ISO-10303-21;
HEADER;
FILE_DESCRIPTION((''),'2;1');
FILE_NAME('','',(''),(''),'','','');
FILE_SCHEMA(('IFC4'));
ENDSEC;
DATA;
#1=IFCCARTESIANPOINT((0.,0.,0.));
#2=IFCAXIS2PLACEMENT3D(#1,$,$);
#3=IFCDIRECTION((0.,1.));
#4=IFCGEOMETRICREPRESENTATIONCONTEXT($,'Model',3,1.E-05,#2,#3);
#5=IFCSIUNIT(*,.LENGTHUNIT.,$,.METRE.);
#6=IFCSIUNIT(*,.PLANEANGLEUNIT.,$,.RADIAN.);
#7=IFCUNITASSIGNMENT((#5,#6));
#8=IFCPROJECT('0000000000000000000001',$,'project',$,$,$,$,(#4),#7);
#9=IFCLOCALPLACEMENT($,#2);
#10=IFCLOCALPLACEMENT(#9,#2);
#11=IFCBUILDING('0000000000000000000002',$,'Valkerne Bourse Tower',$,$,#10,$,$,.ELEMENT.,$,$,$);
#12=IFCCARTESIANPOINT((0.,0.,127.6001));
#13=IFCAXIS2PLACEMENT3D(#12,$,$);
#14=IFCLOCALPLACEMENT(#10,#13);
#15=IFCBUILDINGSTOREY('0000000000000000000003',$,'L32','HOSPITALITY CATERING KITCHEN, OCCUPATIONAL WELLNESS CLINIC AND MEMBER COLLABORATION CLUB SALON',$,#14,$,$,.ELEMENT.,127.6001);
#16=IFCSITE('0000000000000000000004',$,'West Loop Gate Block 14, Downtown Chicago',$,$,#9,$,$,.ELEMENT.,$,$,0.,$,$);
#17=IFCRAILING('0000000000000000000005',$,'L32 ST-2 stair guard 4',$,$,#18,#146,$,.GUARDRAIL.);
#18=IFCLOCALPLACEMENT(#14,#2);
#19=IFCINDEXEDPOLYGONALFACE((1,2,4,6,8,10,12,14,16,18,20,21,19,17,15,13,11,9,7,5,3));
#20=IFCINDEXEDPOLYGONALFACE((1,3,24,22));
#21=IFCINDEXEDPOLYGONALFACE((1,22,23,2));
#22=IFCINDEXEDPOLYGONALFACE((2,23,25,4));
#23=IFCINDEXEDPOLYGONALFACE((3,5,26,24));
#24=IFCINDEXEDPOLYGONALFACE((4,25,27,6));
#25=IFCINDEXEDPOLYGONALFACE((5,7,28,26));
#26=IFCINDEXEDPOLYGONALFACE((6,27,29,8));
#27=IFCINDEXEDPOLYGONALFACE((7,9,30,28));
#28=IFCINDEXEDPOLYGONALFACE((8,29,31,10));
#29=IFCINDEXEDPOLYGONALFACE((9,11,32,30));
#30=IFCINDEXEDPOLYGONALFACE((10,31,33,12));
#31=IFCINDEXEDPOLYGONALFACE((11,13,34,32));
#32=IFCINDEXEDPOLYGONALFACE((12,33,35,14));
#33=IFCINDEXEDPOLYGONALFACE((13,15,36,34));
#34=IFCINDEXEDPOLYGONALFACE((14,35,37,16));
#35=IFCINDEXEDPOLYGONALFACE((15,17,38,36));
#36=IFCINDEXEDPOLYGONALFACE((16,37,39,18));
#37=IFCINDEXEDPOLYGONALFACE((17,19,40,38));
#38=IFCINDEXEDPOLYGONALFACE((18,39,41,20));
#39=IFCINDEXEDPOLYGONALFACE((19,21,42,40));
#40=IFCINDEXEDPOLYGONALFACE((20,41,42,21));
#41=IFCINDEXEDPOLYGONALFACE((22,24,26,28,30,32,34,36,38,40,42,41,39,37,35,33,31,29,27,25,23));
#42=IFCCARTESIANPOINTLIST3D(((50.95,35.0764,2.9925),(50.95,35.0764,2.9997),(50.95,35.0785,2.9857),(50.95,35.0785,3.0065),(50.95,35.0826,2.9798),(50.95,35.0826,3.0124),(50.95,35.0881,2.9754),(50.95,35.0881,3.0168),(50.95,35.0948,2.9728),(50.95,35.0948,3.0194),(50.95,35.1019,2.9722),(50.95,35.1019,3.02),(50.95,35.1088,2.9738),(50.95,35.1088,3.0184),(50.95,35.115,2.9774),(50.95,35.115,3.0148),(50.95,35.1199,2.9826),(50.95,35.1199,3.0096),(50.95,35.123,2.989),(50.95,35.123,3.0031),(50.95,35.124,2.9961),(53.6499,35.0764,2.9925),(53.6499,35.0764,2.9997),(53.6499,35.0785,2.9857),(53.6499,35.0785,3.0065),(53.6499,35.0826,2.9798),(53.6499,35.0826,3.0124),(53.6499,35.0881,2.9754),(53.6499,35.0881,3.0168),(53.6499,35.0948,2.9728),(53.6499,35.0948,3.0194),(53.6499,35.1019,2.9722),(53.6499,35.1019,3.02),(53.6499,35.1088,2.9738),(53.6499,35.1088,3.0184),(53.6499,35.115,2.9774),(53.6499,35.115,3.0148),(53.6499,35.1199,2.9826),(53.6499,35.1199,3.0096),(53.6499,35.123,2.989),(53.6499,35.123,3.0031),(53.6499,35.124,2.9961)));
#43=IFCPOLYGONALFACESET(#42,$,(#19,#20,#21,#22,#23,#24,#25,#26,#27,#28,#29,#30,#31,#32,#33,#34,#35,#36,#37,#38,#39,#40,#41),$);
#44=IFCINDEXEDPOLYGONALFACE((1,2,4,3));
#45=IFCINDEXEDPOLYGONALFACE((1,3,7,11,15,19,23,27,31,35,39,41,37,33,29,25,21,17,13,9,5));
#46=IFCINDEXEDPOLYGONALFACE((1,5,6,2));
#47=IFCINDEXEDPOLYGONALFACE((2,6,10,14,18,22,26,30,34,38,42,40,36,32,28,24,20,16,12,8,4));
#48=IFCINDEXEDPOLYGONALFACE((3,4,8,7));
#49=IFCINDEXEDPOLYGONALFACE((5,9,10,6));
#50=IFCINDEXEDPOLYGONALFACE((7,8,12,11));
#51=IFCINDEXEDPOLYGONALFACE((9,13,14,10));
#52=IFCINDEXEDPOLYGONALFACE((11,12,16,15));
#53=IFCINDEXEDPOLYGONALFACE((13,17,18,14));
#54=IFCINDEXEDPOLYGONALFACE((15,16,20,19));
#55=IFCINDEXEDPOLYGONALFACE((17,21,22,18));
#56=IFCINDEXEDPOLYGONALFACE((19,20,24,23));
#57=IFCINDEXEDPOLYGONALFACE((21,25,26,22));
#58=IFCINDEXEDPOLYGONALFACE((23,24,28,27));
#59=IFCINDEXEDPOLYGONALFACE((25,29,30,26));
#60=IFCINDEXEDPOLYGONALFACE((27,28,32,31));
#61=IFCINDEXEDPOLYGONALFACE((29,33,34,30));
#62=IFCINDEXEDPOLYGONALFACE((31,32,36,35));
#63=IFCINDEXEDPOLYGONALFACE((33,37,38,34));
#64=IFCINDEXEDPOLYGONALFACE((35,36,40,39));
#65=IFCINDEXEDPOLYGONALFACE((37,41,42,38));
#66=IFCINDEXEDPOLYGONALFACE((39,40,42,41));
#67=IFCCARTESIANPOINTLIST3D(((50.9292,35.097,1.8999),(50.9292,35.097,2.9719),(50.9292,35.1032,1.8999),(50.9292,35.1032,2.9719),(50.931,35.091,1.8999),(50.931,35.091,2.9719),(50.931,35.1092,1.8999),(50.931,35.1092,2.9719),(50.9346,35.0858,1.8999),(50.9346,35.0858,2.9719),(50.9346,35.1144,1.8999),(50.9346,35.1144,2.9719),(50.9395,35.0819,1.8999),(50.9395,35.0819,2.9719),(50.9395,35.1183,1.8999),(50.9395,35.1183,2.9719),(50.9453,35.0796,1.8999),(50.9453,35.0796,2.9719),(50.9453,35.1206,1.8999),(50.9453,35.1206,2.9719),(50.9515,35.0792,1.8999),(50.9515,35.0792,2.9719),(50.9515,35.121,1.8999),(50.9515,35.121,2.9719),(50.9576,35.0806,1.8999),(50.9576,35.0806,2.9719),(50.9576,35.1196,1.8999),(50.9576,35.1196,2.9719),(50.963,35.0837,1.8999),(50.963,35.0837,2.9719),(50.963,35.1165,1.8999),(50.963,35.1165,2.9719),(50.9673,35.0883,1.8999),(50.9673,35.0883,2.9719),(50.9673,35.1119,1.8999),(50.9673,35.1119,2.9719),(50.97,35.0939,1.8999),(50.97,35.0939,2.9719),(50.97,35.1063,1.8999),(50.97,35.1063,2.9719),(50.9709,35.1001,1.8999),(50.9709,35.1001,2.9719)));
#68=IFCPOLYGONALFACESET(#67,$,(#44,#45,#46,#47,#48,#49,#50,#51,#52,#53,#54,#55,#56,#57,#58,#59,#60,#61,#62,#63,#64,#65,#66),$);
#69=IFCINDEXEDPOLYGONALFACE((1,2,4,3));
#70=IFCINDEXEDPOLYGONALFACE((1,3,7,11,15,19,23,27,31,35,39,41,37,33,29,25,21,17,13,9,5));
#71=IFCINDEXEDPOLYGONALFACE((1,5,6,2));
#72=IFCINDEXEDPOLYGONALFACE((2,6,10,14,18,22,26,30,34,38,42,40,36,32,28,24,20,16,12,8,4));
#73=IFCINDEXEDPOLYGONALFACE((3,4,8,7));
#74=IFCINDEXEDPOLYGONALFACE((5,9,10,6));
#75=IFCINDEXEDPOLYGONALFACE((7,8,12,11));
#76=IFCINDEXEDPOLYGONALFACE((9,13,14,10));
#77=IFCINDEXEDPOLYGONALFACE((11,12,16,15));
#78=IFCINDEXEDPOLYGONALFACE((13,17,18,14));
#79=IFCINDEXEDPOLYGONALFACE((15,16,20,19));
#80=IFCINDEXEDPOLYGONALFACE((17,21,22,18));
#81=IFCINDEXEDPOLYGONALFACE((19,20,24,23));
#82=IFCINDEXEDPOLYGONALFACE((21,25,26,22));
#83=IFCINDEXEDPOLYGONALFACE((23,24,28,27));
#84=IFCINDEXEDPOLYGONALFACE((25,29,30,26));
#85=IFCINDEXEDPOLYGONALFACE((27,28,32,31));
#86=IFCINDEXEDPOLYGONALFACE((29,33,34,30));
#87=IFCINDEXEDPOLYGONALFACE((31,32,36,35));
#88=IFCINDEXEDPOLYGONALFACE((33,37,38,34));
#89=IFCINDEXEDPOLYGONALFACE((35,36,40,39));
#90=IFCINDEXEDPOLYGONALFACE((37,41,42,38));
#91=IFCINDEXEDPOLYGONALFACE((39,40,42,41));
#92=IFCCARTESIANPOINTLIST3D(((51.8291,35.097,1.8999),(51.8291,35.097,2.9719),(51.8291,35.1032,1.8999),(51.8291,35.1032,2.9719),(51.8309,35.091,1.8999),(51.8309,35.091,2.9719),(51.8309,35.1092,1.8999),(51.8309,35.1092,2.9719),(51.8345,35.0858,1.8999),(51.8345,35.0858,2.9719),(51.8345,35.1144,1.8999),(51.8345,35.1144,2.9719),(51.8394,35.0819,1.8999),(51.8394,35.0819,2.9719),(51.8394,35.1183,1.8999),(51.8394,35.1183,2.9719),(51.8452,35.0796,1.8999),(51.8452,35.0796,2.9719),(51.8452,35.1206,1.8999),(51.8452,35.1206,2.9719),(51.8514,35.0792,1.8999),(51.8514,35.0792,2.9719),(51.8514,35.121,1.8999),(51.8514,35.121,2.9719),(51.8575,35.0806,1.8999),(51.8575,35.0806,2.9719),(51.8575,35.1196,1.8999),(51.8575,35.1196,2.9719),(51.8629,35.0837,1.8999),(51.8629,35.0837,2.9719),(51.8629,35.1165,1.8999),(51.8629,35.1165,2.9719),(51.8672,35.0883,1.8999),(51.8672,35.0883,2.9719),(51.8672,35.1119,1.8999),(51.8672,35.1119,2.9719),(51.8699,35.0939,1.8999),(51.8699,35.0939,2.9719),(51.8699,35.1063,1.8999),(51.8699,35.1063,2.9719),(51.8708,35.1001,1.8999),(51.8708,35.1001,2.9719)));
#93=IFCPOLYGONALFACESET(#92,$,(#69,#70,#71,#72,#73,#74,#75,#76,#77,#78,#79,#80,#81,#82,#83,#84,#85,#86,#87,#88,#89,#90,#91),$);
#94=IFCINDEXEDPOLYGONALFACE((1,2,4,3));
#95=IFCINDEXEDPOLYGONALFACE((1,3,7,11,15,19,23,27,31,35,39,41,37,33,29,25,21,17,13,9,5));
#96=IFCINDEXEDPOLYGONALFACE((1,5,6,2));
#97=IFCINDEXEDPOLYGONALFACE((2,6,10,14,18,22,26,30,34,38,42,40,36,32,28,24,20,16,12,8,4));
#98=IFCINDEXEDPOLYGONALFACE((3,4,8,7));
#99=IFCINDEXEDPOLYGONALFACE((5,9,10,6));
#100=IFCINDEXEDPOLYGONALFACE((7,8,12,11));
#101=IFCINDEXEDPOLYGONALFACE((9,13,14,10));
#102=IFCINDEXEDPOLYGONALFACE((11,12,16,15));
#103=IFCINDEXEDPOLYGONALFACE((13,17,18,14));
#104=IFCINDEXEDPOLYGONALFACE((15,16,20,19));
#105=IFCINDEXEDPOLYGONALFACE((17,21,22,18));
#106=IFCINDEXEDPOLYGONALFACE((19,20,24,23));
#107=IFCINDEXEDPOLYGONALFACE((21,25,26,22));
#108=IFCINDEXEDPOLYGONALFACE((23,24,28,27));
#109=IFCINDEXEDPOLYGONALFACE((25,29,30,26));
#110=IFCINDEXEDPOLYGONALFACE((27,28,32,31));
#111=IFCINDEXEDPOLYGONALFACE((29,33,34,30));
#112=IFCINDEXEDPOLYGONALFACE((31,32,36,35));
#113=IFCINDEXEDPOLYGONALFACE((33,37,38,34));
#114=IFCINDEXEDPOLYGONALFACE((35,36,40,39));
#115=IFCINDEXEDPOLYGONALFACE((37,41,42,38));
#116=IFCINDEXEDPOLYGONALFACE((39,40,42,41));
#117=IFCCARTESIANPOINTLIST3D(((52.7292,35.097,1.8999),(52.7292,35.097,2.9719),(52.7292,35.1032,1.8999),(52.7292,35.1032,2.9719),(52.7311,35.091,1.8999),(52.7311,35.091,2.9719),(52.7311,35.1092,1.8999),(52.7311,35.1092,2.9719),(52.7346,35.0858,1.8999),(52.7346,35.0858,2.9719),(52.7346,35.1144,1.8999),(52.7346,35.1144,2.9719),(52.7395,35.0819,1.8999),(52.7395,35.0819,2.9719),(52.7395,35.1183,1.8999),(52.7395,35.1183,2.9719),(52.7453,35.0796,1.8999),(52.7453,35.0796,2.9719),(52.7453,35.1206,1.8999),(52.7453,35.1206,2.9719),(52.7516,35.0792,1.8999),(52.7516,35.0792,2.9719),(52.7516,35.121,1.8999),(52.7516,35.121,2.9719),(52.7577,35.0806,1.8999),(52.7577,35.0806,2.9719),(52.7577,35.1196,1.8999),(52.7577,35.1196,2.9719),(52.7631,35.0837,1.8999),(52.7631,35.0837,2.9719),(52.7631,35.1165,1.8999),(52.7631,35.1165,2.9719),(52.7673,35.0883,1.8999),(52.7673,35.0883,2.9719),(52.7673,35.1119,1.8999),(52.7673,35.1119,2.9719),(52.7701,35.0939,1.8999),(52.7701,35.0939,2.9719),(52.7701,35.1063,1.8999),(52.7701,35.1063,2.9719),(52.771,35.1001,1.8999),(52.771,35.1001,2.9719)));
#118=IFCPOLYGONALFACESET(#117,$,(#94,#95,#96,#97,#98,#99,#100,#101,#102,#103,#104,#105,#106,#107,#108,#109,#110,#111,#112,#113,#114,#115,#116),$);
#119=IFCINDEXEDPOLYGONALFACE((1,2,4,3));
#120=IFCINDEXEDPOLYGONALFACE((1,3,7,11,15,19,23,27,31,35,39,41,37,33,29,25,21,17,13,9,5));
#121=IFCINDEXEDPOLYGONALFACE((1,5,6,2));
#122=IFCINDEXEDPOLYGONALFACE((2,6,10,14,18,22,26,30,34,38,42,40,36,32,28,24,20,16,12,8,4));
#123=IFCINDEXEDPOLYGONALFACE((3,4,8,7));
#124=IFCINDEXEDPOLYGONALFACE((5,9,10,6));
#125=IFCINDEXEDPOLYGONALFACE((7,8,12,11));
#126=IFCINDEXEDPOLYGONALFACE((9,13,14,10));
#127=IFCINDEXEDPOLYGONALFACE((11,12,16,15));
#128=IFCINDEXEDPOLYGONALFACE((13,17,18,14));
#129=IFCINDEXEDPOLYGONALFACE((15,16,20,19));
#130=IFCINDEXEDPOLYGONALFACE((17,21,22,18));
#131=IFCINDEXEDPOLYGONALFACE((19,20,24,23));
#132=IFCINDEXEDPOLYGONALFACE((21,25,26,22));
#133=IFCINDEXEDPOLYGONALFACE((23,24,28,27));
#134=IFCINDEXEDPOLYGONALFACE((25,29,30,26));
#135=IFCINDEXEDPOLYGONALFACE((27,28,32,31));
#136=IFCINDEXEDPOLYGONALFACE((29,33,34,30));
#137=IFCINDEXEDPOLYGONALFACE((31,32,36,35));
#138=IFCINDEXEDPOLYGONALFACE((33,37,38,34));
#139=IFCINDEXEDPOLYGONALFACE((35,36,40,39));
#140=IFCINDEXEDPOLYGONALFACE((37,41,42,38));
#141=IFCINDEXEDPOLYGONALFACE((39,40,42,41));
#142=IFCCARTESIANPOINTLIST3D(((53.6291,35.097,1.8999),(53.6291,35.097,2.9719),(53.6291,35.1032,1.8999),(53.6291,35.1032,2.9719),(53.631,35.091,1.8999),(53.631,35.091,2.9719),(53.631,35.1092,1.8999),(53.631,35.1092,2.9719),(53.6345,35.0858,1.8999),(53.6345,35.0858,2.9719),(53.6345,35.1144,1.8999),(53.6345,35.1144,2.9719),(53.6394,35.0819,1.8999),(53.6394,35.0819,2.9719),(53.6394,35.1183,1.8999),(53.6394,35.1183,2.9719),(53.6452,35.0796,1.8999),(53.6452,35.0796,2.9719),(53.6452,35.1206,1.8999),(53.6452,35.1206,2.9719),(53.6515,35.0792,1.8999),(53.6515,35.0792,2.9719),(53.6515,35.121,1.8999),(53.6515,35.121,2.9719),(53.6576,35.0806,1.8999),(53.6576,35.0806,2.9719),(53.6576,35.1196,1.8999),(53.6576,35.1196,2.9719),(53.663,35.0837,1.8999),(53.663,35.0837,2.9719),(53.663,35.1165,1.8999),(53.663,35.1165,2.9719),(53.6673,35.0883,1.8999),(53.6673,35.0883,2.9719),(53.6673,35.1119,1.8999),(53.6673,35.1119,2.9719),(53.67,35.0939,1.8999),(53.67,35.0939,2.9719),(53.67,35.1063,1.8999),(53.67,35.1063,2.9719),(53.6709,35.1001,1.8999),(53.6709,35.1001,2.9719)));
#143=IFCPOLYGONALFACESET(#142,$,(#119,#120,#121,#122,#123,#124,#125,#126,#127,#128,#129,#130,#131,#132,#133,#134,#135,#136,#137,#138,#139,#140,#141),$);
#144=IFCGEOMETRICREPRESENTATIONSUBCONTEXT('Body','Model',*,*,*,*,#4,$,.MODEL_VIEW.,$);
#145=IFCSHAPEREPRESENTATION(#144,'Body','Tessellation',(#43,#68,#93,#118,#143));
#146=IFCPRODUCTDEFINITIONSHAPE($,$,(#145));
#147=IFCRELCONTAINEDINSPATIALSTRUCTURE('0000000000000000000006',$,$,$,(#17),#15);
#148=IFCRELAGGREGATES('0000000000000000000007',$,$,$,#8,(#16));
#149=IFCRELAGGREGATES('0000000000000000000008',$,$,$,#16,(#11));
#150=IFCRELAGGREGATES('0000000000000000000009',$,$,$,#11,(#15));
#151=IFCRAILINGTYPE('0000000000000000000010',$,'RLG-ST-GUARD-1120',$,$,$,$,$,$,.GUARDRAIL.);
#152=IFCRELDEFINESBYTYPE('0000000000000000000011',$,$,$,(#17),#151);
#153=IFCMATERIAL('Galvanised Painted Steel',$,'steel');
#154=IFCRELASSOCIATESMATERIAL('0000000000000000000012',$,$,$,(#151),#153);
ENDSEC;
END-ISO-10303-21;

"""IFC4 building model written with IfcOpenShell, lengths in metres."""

from ifc_helpers import new_model, si_unit, direction, frame, origin, origin_2d, place, context, subcontext, project, spatial, circle, extrude, material, type_object, element, save


model = new_model("IFC4")

# Units and contexts
model_context = context("Model", 3, precision=1e-05, world=origin(), true_north=direction((0.0, 1.0)))
body_context = subcontext(model_context, "Body", "Model", "MODEL_VIEW")
ifc_project = project(units=[si_unit("LENGTHUNIT", "METRE"), si_unit("PLANEANGLEUNIT", "RADIAN")], contexts=[model_context])

# Site, building, storey
site_placement = place(None, origin())
site = spatial("IfcSite", under=ifc_project, at=site_placement, Name="West Loop Gate Block 14, Downtown Chicago", CompositionType="ELEMENT", RefElevation=0.0)
building_placement = place(site_placement, origin())
building = spatial("IfcBuilding", under=site, at=building_placement, Name="Valkerne Bourse Tower", CompositionType="ELEMENT")
storey_placement = place(building_placement, frame((0.0, 0.0, 127.6001)))
storey = spatial("IfcBuildingStorey", under=building, at=storey_placement, Name="L32", Description="HOSPITALITY CATERING KITCHEN, OCCUPATIONAL WELLNESS CLINIC AND MEMBER COLLABORATION CLUB SALON", CompositionType="ELEMENT", Elevation=127.6001)

# Shared definitions
ifc_material_1 = material(Name="Galvanised Painted Steel", Category="steel")

# Railing
railing_type_1 = type_object("IfcRailingType", Name="RLG-ST-GUARD-1120", PredefinedType="GUARDRAIL", material=ifc_material_1)
for number, where, name in (
    (1, (50.95, 35.1001, 1.8999), "L32 ST-2 stair guard 4"),
):
    element("IfcRailing", number, at=place(storey_placement, frame(where)), inside=storey, type_object=railing_type_1, Name=name, PredefinedType="GUARDRAIL", context=body_context, shape_type="SweptSolid", body=[
        extrude(circle(Radius=0.0239, at=origin_2d()), frame((0.0, 0.0, 1.0962), z_axis=(1.0, 0.0, 0.0), x_axis=(0.0, 1.0, 0.0)), (0.0, 0.0, 1.0), 2.7),
        extrude(circle(Radius=0.021, at=origin_2d()), origin(), (0.0, 0.0, 1.0), 1.072),
        extrude(circle(Radius=0.021, at=origin_2d()), frame((0.8999, 0.0, 0.0)), (0.0, 0.0, 1.0), 1.072),
        extrude(circle(Radius=0.021, at=origin_2d()), frame((1.8, 0.0, 0.0)), (0.0, 0.0, 1.0), 1.072),
        extrude(circle(Radius=0.021, at=origin_2d()), frame((2.7, 0.0, 0.0)), (0.0, 0.0, 1.0), 1.072),
    ])

save(model, "model.ifc")
